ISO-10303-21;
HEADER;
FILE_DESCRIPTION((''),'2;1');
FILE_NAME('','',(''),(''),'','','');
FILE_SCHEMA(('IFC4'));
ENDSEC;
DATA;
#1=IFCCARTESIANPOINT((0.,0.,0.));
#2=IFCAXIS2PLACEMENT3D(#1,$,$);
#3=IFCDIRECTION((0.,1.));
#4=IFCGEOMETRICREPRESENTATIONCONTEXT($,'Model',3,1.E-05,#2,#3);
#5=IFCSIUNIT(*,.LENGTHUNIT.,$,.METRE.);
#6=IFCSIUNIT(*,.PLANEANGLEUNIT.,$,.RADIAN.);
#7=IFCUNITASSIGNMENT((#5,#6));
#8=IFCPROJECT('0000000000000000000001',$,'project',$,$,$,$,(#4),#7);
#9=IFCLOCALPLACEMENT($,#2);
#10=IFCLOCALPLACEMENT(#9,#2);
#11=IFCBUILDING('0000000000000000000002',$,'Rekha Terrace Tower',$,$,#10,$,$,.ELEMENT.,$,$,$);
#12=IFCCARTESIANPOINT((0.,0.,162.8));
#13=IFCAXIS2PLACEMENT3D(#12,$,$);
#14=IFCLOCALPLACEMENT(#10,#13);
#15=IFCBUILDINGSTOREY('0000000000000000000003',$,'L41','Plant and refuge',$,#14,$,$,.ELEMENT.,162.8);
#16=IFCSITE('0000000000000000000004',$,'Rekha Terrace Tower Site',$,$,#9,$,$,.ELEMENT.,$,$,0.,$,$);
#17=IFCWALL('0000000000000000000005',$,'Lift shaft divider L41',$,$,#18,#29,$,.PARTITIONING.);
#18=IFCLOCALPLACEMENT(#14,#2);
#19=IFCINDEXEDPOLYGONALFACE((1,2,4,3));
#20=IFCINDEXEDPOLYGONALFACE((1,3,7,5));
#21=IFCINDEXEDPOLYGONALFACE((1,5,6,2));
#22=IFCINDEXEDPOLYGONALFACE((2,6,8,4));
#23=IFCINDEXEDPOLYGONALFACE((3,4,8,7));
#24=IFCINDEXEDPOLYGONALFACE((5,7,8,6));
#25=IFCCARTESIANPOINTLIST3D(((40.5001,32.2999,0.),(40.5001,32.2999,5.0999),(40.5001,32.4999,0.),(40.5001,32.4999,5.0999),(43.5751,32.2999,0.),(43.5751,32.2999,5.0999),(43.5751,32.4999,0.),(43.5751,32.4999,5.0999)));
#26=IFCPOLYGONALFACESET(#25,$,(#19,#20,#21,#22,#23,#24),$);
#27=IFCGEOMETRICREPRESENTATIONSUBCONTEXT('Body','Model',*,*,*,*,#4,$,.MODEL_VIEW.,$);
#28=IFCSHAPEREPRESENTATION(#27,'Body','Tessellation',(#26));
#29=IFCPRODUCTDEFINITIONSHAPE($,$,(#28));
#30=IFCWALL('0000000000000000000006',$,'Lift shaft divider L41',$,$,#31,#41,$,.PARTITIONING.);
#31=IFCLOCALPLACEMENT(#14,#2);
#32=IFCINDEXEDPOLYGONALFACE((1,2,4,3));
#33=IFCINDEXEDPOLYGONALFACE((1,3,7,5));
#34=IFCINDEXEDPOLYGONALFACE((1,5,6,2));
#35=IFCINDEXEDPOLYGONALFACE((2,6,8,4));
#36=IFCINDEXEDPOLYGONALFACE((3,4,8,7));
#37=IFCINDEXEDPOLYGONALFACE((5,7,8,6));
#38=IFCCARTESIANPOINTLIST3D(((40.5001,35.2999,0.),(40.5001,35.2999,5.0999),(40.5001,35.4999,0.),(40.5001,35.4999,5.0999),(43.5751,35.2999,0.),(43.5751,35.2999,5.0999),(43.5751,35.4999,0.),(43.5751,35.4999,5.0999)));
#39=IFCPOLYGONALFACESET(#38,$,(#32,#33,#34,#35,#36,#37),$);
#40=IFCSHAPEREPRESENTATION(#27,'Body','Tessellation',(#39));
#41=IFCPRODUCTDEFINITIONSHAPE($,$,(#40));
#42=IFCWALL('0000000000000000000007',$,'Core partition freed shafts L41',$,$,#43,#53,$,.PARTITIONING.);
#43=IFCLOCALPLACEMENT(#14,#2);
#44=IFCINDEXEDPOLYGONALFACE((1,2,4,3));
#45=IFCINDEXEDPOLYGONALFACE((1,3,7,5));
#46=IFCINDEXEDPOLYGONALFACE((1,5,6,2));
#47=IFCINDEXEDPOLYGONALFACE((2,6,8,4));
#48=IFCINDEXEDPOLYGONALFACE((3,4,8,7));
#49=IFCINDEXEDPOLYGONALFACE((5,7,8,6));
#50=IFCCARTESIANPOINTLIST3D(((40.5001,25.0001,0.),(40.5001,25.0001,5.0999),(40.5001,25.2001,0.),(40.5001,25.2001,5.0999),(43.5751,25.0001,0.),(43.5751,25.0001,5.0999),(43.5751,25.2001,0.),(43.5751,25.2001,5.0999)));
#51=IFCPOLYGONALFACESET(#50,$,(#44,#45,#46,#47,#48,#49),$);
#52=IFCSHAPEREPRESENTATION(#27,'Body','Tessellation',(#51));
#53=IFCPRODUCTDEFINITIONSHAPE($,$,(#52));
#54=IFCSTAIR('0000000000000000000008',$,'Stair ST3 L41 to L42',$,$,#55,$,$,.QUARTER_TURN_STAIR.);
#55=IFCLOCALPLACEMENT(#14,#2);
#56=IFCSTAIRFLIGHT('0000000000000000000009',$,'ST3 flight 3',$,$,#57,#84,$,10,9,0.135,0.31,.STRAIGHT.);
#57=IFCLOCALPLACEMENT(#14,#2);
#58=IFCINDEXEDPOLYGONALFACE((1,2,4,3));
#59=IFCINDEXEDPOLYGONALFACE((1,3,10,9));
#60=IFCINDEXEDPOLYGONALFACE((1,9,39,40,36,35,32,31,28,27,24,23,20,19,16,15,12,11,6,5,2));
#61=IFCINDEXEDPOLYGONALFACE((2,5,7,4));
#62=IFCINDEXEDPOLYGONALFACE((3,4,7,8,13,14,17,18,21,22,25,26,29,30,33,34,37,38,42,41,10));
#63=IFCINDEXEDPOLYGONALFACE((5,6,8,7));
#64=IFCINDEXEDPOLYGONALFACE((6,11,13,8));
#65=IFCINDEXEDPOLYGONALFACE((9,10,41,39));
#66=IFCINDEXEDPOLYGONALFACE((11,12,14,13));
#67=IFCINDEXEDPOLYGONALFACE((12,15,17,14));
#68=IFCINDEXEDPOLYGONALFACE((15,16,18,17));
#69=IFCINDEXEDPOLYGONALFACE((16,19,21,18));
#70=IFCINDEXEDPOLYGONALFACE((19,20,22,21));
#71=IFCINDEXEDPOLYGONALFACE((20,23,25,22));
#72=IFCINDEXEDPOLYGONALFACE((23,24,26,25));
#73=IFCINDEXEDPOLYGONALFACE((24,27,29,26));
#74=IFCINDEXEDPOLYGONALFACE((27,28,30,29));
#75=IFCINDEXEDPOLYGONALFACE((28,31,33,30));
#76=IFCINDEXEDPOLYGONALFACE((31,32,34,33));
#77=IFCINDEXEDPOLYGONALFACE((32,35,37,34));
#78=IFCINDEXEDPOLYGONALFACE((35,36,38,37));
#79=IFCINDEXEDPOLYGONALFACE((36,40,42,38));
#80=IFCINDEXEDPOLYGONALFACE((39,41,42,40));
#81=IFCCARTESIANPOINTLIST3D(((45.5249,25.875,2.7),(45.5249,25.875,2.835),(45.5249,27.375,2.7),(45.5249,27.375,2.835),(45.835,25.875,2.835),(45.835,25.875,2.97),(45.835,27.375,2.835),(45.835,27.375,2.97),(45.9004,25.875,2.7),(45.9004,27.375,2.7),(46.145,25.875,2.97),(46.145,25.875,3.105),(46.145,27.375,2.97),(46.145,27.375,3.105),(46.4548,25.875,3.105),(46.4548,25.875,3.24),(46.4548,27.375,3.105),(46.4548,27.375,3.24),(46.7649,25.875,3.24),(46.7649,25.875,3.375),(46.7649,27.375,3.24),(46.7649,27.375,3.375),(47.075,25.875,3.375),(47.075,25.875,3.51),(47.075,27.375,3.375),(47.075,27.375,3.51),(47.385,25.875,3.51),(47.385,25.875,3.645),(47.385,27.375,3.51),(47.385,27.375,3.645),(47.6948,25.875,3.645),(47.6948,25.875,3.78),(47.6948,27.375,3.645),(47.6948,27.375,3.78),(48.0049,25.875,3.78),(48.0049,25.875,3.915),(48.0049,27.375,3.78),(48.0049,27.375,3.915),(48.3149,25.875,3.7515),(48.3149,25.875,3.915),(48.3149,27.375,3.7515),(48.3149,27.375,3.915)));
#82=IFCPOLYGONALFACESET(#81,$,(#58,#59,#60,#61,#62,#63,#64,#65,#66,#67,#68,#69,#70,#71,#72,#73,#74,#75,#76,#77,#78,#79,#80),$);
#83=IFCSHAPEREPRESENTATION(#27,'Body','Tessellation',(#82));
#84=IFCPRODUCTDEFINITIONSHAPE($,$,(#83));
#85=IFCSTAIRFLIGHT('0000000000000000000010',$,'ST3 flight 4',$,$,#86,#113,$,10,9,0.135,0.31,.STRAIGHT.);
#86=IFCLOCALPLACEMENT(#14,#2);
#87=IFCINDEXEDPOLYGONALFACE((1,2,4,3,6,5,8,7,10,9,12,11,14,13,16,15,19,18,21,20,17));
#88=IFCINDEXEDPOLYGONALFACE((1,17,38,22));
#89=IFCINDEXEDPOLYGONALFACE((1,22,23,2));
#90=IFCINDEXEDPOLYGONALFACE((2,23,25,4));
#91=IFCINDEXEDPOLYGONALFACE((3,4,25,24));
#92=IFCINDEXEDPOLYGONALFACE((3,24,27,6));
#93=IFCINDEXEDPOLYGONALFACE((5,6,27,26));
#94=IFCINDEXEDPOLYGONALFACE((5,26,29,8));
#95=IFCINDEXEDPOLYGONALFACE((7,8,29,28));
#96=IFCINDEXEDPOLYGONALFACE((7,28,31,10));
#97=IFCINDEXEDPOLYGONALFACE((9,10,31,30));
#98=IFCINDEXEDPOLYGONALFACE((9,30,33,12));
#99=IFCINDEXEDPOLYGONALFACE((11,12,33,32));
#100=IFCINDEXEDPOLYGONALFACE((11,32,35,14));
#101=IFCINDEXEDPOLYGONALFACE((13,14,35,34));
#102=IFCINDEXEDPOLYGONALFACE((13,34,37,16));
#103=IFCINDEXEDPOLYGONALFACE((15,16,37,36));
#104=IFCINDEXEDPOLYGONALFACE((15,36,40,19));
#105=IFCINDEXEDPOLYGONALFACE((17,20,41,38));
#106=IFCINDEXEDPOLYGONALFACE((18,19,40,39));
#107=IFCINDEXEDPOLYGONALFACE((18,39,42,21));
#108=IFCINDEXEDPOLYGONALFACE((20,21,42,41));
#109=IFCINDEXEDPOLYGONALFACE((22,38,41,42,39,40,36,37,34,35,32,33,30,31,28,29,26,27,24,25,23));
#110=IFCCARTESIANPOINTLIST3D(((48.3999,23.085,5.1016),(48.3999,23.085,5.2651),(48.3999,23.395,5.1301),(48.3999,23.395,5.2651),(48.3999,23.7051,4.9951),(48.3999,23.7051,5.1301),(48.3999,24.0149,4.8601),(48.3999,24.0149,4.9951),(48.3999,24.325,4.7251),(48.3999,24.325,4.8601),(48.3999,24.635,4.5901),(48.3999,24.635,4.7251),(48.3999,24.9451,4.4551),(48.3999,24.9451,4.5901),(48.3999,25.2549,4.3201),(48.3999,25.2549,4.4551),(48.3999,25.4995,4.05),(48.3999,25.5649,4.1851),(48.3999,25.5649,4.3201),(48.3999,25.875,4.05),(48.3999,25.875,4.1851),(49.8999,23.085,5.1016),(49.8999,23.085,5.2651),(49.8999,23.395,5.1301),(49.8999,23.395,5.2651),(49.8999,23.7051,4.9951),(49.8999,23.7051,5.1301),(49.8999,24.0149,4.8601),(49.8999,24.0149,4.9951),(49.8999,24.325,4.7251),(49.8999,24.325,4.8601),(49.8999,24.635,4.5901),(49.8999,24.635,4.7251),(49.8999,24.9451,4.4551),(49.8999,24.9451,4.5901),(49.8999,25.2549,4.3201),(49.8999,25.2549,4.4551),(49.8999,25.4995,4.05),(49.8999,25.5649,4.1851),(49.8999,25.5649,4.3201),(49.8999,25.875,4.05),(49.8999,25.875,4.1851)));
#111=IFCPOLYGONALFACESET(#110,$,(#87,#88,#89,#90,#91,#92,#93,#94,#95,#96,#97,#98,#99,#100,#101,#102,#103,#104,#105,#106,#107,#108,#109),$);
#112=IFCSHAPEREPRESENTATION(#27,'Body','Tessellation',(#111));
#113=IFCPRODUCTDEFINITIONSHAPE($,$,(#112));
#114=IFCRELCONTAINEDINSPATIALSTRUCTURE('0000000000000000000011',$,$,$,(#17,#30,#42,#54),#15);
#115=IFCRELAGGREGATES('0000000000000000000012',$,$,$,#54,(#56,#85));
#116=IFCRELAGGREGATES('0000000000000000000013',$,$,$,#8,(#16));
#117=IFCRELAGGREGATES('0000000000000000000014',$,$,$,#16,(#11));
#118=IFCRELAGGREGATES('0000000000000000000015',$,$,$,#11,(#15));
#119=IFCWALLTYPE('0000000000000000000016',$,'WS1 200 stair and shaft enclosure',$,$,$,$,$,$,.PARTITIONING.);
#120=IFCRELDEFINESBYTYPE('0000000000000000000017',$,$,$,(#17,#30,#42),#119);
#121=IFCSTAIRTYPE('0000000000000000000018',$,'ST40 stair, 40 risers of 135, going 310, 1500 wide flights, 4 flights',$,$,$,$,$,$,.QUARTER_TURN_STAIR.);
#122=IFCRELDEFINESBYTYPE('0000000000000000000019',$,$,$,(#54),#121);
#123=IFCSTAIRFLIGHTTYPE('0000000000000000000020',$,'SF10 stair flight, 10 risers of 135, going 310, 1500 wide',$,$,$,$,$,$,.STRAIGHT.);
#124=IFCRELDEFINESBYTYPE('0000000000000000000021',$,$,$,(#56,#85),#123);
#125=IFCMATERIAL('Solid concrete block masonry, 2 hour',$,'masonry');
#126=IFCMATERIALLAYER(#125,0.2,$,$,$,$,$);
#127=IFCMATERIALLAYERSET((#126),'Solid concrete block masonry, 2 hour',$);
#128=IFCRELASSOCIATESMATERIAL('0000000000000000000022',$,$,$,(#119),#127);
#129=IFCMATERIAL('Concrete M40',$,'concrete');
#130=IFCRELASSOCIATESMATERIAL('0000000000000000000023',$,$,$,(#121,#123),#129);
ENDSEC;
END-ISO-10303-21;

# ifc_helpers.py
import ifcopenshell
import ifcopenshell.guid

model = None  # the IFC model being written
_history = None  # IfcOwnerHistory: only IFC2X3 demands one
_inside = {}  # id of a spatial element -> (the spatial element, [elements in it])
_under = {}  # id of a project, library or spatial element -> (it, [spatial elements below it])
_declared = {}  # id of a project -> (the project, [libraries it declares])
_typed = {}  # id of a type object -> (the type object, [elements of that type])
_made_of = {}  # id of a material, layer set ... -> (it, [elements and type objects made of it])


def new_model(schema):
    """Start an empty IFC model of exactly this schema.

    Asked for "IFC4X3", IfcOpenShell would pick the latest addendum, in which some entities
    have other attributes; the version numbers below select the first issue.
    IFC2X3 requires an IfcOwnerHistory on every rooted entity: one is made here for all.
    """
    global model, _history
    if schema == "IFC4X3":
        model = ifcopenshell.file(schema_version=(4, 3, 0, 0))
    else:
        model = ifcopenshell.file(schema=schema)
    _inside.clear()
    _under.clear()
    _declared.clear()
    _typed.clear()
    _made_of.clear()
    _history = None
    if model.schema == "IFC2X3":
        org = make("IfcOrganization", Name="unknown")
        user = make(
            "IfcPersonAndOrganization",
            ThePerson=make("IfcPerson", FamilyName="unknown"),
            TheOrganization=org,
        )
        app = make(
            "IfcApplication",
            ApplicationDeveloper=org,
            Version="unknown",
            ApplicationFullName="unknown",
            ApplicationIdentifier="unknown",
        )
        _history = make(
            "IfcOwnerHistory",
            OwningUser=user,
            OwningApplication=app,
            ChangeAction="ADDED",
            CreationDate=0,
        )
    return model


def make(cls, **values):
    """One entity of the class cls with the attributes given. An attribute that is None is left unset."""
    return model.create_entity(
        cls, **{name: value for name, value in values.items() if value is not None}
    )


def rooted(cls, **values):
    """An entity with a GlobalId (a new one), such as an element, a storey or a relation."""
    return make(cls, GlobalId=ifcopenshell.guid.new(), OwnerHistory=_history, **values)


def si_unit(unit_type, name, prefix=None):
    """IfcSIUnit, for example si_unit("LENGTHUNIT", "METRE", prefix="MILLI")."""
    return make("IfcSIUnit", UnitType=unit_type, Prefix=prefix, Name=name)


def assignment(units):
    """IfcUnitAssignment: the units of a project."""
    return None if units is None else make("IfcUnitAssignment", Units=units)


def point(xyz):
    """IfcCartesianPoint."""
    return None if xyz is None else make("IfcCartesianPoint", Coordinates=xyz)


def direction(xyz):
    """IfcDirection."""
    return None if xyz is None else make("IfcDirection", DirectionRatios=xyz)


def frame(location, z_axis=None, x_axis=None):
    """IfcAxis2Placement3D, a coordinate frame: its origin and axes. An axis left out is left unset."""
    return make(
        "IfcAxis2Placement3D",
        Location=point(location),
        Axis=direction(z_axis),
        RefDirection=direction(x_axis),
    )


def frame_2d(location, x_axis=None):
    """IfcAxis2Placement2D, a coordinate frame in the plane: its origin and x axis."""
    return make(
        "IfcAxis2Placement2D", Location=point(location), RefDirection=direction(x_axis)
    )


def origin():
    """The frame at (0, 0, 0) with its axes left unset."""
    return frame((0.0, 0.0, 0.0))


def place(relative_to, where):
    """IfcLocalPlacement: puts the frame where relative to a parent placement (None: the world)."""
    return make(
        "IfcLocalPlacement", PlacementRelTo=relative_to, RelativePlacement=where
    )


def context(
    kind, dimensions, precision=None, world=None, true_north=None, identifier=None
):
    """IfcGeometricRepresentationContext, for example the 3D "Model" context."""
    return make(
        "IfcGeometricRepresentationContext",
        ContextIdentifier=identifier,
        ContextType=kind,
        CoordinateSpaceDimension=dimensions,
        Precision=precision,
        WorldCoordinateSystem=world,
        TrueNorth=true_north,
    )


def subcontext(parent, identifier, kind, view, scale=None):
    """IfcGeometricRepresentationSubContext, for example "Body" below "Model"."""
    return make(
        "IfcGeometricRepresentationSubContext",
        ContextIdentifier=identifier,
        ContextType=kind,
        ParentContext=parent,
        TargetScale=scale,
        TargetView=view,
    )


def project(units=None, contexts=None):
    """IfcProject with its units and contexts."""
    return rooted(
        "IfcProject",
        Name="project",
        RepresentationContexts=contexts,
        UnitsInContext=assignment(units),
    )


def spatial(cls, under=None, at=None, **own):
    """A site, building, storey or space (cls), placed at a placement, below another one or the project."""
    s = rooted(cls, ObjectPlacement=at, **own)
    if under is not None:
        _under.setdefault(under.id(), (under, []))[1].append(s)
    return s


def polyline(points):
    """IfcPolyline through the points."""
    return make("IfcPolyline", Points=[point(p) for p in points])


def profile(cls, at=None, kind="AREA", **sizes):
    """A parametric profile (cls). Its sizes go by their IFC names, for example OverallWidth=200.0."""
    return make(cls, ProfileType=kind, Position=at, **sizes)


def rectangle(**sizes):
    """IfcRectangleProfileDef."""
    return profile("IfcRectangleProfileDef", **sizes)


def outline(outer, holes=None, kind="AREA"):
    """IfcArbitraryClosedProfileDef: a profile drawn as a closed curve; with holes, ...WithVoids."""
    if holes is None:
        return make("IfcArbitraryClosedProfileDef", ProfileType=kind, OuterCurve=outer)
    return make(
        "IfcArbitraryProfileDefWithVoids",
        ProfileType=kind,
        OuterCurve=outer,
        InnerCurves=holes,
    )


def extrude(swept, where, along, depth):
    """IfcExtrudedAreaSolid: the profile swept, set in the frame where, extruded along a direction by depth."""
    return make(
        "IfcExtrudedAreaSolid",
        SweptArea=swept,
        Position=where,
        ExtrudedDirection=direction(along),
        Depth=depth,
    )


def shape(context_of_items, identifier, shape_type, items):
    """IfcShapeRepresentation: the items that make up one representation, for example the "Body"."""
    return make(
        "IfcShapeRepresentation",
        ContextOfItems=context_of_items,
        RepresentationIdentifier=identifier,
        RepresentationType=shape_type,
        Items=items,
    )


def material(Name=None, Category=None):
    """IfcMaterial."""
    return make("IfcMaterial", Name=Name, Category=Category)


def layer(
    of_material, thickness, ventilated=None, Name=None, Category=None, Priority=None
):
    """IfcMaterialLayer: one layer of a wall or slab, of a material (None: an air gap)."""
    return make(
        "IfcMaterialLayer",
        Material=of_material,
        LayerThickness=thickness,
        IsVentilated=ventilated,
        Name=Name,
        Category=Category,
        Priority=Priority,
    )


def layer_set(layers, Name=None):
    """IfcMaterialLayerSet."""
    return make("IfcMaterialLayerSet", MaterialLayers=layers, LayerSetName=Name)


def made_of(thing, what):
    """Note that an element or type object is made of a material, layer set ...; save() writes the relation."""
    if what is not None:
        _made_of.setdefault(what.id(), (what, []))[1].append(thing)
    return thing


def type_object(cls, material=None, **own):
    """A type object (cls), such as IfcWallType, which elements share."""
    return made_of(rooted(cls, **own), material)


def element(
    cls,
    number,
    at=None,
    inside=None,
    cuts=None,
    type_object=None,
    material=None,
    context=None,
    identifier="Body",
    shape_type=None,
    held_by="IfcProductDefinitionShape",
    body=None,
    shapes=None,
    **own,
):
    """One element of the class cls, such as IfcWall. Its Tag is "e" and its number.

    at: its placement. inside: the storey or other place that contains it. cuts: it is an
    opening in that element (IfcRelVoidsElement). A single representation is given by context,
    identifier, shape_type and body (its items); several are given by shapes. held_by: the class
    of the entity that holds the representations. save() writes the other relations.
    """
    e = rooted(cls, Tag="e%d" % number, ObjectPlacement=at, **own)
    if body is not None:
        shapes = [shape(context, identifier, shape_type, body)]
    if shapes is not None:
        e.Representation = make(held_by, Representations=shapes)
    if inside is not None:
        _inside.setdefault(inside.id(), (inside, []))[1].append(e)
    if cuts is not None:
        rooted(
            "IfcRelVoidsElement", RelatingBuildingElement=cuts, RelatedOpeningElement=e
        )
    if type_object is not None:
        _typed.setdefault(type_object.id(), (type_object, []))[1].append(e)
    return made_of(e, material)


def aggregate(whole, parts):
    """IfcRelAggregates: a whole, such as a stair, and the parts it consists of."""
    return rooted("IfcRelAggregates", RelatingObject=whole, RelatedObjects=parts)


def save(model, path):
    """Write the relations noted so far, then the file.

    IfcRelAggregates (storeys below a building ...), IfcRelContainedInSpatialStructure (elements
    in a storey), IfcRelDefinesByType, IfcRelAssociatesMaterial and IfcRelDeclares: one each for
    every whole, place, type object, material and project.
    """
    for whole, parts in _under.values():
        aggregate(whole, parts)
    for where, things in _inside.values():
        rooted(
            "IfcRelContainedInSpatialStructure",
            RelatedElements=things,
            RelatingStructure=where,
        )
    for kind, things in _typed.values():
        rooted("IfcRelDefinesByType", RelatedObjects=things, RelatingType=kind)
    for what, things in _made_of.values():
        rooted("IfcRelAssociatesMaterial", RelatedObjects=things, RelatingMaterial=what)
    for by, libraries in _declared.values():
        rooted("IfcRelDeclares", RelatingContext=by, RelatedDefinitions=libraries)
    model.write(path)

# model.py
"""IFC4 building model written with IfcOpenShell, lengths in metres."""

from ifc_helpers import new_model, si_unit, direction, frame, frame_2d, origin, place, context, subcontext, project, spatial, polyline, rectangle, outline, extrude, material, layer, layer_set, type_object, element, aggregate, save


model = new_model("IFC4")

# Units and contexts
model_context = context("Model", 3, precision=1e-05, world=origin(), true_north=direction((0.0, 1.0)))
body_context = subcontext(model_context, "Body", "Model", "MODEL_VIEW")
ifc_project = project(units=[si_unit("LENGTHUNIT", "METRE"), si_unit("PLANEANGLEUNIT", "RADIAN")], contexts=[model_context])

# Site, building, storey
site_placement = place(None, origin())
site = spatial("IfcSite", under=ifc_project, at=site_placement, Name="Rekha Terrace Tower Site", CompositionType="ELEMENT", RefElevation=0.0)
building_placement = place(site_placement, origin())
building = spatial("IfcBuilding", under=site, at=building_placement, Name="Rekha Terrace Tower", CompositionType="ELEMENT")
storey_placement = place(building_placement, frame((0.0, 0.0, 162.8)))
storey = spatial("IfcBuildingStorey", under=building, at=storey_placement, Name="L41", Description="Plant and refuge", CompositionType="ELEMENT", Elevation=162.8)

# Walls
ifc_material_1 = material(Name="Solid concrete block masonry, 2 hour", Category="masonry")
ifc_layer_1 = layer(ifc_material_1, 0.2)
ifc_layer_set_1 = layer_set([ifc_layer_1], Name="Solid concrete block masonry, 2 hour")
wall_type_1 = type_object("IfcWallType", Name="WS1 200 stair and shaft enclosure", PredefinedType="PARTITIONING", material=ifc_layer_set_1)
for number, where, z_axis, x_axis, name in (
    (1, (40.5, 32.3999, 0.0), (0.0, 0.0, 1.0), (1.0, 0.0, 0.0), "Lift shaft divider L41"),
    (2, (40.5, 35.3999, 0.0), (0.0, 0.0, 1.0), (1.0, 0.0, 0.0), "Lift shaft divider L41"),
    (3, (40.5, 25.1001, 0.0), (0.0, 0.0, 1.0), (1.0, 0.0, 0.0), "Core partition freed shafts L41"),
):
    element("IfcWall", number, at=place(storey_placement, frame(where, z_axis=z_axis, x_axis=x_axis)), inside=storey, type_object=wall_type_1, Name=name, PredefinedType="PARTITIONING", context=body_context, shape_type="SweptSolid", body=[
        extrude(rectangle(XDim=3.075, YDim=0.2, at=frame_2d((1.5376, 0.0))), origin(), (0.0, 0.0, 1.0), 5.0999),
    ])

# Stair, stair flights
ifc_material_2 = material(Name="Concrete M40", Category="concrete")
stair_type = type_object("IfcStairType", Name="ST40 stair, 40 risers of 135, going 310, 1500 wide flights, 4 flights", PredefinedType="QUARTER_TURN_STAIR", material=ifc_material_2)
stair_placement = place(storey_placement, origin())
stair = element("IfcStair", 4, at=stair_placement, inside=storey, type_object=stair_type, Name="Stair ST3 L41 to L42", PredefinedType="QUARTER_TURN_STAIR")
stair_flight_type = type_object("IfcStairFlightType", Name="SF10 stair flight, 10 risers of 135, going 310, 1500 wide", PredefinedType="STRAIGHT", material=ifc_material_2)
stair_flight_1_placement = place(storey_placement, frame((45.5249, 26.625, 2.7), z_axis=(0.0, 0.0, 1.0), x_axis=(1.0, 0.0, 0.0)))
stair_flight_1 = element("IfcStairFlight", 5, at=stair_flight_1_placement, type_object=stair_flight_type, Name="ST3 flight 3", NumberOfRisers=10, NumberOfTreads=9, PredefinedType="STRAIGHT", RiserHeight=0.135, TreadLength=0.31, context=body_context, shape_type="SweptSolid", body=[
    extrude(outline(polyline([(0.0, 0.0), (0.0, 0.135), (0.3101, 0.135), (0.3101, 0.27), (0.6201, 0.27), (0.6201, 0.405), (0.9299, 0.405), (0.9299, 0.54), (1.24, 0.54), (1.24, 0.675), (1.55, 0.675), (1.55, 0.8101), (1.8601, 0.8101), (1.8601, 0.9451), (2.1699, 0.9451), (2.1699, 1.0801), (2.48, 1.0801), (2.48, 1.2151), (2.79, 1.2151), (2.79, 1.3501), (2.79, 1.0515), (0.3755, 0.0), (0.0, 0.0)])), frame((0.0, 0.75, 0.0), z_axis=(0.0, -1.0, 0.0), x_axis=(1.0, 0.0, 0.0)), (0.0, 0.0, 1.0), 1.5),
])
stair_flight_2_placement = place(storey_placement, frame((49.1499, 25.875, 4.05), z_axis=(0.0, 0.0, 1.0), x_axis=(0.0, -1.0, 0.0)))
stair_flight_2 = element("IfcStairFlight", 6, at=stair_flight_2_placement, type_object=stair_flight_type, Name="ST3 flight 4", NumberOfRisers=10, NumberOfTreads=9, PredefinedType="STRAIGHT", RiserHeight=0.135, TreadLength=0.31, context=body_context, shape_type="SweptSolid", body=[
    extrude(outline(polyline([(0.0, 0.0), (0.0, 0.135), (0.3101, 0.135), (0.3101, 0.27), (0.6201, 0.27), (0.6201, 0.405), (0.9299, 0.405), (0.9299, 0.54), (1.24, 0.54), (1.24, 0.675), (1.55, 0.675), (1.55, 0.8101), (1.8601, 0.8101), (1.8601, 0.9451), (2.1699, 0.9451), (2.1699, 1.0801), (2.48, 1.0801), (2.48, 1.2151), (2.79, 1.2151), (2.79, 1.3501), (2.79, 1.0515), (0.3755, 0.0), (0.0, 0.0)])), frame((0.0, 0.75, 0.0), z_axis=(0.0, -1.0, 0.0), x_axis=(1.0, 0.0, 0.0)), (0.0, 0.0, 1.0), 1.5),
])
aggregate(stair, [stair_flight_1, stair_flight_2])

save(model, "model.ifc")
